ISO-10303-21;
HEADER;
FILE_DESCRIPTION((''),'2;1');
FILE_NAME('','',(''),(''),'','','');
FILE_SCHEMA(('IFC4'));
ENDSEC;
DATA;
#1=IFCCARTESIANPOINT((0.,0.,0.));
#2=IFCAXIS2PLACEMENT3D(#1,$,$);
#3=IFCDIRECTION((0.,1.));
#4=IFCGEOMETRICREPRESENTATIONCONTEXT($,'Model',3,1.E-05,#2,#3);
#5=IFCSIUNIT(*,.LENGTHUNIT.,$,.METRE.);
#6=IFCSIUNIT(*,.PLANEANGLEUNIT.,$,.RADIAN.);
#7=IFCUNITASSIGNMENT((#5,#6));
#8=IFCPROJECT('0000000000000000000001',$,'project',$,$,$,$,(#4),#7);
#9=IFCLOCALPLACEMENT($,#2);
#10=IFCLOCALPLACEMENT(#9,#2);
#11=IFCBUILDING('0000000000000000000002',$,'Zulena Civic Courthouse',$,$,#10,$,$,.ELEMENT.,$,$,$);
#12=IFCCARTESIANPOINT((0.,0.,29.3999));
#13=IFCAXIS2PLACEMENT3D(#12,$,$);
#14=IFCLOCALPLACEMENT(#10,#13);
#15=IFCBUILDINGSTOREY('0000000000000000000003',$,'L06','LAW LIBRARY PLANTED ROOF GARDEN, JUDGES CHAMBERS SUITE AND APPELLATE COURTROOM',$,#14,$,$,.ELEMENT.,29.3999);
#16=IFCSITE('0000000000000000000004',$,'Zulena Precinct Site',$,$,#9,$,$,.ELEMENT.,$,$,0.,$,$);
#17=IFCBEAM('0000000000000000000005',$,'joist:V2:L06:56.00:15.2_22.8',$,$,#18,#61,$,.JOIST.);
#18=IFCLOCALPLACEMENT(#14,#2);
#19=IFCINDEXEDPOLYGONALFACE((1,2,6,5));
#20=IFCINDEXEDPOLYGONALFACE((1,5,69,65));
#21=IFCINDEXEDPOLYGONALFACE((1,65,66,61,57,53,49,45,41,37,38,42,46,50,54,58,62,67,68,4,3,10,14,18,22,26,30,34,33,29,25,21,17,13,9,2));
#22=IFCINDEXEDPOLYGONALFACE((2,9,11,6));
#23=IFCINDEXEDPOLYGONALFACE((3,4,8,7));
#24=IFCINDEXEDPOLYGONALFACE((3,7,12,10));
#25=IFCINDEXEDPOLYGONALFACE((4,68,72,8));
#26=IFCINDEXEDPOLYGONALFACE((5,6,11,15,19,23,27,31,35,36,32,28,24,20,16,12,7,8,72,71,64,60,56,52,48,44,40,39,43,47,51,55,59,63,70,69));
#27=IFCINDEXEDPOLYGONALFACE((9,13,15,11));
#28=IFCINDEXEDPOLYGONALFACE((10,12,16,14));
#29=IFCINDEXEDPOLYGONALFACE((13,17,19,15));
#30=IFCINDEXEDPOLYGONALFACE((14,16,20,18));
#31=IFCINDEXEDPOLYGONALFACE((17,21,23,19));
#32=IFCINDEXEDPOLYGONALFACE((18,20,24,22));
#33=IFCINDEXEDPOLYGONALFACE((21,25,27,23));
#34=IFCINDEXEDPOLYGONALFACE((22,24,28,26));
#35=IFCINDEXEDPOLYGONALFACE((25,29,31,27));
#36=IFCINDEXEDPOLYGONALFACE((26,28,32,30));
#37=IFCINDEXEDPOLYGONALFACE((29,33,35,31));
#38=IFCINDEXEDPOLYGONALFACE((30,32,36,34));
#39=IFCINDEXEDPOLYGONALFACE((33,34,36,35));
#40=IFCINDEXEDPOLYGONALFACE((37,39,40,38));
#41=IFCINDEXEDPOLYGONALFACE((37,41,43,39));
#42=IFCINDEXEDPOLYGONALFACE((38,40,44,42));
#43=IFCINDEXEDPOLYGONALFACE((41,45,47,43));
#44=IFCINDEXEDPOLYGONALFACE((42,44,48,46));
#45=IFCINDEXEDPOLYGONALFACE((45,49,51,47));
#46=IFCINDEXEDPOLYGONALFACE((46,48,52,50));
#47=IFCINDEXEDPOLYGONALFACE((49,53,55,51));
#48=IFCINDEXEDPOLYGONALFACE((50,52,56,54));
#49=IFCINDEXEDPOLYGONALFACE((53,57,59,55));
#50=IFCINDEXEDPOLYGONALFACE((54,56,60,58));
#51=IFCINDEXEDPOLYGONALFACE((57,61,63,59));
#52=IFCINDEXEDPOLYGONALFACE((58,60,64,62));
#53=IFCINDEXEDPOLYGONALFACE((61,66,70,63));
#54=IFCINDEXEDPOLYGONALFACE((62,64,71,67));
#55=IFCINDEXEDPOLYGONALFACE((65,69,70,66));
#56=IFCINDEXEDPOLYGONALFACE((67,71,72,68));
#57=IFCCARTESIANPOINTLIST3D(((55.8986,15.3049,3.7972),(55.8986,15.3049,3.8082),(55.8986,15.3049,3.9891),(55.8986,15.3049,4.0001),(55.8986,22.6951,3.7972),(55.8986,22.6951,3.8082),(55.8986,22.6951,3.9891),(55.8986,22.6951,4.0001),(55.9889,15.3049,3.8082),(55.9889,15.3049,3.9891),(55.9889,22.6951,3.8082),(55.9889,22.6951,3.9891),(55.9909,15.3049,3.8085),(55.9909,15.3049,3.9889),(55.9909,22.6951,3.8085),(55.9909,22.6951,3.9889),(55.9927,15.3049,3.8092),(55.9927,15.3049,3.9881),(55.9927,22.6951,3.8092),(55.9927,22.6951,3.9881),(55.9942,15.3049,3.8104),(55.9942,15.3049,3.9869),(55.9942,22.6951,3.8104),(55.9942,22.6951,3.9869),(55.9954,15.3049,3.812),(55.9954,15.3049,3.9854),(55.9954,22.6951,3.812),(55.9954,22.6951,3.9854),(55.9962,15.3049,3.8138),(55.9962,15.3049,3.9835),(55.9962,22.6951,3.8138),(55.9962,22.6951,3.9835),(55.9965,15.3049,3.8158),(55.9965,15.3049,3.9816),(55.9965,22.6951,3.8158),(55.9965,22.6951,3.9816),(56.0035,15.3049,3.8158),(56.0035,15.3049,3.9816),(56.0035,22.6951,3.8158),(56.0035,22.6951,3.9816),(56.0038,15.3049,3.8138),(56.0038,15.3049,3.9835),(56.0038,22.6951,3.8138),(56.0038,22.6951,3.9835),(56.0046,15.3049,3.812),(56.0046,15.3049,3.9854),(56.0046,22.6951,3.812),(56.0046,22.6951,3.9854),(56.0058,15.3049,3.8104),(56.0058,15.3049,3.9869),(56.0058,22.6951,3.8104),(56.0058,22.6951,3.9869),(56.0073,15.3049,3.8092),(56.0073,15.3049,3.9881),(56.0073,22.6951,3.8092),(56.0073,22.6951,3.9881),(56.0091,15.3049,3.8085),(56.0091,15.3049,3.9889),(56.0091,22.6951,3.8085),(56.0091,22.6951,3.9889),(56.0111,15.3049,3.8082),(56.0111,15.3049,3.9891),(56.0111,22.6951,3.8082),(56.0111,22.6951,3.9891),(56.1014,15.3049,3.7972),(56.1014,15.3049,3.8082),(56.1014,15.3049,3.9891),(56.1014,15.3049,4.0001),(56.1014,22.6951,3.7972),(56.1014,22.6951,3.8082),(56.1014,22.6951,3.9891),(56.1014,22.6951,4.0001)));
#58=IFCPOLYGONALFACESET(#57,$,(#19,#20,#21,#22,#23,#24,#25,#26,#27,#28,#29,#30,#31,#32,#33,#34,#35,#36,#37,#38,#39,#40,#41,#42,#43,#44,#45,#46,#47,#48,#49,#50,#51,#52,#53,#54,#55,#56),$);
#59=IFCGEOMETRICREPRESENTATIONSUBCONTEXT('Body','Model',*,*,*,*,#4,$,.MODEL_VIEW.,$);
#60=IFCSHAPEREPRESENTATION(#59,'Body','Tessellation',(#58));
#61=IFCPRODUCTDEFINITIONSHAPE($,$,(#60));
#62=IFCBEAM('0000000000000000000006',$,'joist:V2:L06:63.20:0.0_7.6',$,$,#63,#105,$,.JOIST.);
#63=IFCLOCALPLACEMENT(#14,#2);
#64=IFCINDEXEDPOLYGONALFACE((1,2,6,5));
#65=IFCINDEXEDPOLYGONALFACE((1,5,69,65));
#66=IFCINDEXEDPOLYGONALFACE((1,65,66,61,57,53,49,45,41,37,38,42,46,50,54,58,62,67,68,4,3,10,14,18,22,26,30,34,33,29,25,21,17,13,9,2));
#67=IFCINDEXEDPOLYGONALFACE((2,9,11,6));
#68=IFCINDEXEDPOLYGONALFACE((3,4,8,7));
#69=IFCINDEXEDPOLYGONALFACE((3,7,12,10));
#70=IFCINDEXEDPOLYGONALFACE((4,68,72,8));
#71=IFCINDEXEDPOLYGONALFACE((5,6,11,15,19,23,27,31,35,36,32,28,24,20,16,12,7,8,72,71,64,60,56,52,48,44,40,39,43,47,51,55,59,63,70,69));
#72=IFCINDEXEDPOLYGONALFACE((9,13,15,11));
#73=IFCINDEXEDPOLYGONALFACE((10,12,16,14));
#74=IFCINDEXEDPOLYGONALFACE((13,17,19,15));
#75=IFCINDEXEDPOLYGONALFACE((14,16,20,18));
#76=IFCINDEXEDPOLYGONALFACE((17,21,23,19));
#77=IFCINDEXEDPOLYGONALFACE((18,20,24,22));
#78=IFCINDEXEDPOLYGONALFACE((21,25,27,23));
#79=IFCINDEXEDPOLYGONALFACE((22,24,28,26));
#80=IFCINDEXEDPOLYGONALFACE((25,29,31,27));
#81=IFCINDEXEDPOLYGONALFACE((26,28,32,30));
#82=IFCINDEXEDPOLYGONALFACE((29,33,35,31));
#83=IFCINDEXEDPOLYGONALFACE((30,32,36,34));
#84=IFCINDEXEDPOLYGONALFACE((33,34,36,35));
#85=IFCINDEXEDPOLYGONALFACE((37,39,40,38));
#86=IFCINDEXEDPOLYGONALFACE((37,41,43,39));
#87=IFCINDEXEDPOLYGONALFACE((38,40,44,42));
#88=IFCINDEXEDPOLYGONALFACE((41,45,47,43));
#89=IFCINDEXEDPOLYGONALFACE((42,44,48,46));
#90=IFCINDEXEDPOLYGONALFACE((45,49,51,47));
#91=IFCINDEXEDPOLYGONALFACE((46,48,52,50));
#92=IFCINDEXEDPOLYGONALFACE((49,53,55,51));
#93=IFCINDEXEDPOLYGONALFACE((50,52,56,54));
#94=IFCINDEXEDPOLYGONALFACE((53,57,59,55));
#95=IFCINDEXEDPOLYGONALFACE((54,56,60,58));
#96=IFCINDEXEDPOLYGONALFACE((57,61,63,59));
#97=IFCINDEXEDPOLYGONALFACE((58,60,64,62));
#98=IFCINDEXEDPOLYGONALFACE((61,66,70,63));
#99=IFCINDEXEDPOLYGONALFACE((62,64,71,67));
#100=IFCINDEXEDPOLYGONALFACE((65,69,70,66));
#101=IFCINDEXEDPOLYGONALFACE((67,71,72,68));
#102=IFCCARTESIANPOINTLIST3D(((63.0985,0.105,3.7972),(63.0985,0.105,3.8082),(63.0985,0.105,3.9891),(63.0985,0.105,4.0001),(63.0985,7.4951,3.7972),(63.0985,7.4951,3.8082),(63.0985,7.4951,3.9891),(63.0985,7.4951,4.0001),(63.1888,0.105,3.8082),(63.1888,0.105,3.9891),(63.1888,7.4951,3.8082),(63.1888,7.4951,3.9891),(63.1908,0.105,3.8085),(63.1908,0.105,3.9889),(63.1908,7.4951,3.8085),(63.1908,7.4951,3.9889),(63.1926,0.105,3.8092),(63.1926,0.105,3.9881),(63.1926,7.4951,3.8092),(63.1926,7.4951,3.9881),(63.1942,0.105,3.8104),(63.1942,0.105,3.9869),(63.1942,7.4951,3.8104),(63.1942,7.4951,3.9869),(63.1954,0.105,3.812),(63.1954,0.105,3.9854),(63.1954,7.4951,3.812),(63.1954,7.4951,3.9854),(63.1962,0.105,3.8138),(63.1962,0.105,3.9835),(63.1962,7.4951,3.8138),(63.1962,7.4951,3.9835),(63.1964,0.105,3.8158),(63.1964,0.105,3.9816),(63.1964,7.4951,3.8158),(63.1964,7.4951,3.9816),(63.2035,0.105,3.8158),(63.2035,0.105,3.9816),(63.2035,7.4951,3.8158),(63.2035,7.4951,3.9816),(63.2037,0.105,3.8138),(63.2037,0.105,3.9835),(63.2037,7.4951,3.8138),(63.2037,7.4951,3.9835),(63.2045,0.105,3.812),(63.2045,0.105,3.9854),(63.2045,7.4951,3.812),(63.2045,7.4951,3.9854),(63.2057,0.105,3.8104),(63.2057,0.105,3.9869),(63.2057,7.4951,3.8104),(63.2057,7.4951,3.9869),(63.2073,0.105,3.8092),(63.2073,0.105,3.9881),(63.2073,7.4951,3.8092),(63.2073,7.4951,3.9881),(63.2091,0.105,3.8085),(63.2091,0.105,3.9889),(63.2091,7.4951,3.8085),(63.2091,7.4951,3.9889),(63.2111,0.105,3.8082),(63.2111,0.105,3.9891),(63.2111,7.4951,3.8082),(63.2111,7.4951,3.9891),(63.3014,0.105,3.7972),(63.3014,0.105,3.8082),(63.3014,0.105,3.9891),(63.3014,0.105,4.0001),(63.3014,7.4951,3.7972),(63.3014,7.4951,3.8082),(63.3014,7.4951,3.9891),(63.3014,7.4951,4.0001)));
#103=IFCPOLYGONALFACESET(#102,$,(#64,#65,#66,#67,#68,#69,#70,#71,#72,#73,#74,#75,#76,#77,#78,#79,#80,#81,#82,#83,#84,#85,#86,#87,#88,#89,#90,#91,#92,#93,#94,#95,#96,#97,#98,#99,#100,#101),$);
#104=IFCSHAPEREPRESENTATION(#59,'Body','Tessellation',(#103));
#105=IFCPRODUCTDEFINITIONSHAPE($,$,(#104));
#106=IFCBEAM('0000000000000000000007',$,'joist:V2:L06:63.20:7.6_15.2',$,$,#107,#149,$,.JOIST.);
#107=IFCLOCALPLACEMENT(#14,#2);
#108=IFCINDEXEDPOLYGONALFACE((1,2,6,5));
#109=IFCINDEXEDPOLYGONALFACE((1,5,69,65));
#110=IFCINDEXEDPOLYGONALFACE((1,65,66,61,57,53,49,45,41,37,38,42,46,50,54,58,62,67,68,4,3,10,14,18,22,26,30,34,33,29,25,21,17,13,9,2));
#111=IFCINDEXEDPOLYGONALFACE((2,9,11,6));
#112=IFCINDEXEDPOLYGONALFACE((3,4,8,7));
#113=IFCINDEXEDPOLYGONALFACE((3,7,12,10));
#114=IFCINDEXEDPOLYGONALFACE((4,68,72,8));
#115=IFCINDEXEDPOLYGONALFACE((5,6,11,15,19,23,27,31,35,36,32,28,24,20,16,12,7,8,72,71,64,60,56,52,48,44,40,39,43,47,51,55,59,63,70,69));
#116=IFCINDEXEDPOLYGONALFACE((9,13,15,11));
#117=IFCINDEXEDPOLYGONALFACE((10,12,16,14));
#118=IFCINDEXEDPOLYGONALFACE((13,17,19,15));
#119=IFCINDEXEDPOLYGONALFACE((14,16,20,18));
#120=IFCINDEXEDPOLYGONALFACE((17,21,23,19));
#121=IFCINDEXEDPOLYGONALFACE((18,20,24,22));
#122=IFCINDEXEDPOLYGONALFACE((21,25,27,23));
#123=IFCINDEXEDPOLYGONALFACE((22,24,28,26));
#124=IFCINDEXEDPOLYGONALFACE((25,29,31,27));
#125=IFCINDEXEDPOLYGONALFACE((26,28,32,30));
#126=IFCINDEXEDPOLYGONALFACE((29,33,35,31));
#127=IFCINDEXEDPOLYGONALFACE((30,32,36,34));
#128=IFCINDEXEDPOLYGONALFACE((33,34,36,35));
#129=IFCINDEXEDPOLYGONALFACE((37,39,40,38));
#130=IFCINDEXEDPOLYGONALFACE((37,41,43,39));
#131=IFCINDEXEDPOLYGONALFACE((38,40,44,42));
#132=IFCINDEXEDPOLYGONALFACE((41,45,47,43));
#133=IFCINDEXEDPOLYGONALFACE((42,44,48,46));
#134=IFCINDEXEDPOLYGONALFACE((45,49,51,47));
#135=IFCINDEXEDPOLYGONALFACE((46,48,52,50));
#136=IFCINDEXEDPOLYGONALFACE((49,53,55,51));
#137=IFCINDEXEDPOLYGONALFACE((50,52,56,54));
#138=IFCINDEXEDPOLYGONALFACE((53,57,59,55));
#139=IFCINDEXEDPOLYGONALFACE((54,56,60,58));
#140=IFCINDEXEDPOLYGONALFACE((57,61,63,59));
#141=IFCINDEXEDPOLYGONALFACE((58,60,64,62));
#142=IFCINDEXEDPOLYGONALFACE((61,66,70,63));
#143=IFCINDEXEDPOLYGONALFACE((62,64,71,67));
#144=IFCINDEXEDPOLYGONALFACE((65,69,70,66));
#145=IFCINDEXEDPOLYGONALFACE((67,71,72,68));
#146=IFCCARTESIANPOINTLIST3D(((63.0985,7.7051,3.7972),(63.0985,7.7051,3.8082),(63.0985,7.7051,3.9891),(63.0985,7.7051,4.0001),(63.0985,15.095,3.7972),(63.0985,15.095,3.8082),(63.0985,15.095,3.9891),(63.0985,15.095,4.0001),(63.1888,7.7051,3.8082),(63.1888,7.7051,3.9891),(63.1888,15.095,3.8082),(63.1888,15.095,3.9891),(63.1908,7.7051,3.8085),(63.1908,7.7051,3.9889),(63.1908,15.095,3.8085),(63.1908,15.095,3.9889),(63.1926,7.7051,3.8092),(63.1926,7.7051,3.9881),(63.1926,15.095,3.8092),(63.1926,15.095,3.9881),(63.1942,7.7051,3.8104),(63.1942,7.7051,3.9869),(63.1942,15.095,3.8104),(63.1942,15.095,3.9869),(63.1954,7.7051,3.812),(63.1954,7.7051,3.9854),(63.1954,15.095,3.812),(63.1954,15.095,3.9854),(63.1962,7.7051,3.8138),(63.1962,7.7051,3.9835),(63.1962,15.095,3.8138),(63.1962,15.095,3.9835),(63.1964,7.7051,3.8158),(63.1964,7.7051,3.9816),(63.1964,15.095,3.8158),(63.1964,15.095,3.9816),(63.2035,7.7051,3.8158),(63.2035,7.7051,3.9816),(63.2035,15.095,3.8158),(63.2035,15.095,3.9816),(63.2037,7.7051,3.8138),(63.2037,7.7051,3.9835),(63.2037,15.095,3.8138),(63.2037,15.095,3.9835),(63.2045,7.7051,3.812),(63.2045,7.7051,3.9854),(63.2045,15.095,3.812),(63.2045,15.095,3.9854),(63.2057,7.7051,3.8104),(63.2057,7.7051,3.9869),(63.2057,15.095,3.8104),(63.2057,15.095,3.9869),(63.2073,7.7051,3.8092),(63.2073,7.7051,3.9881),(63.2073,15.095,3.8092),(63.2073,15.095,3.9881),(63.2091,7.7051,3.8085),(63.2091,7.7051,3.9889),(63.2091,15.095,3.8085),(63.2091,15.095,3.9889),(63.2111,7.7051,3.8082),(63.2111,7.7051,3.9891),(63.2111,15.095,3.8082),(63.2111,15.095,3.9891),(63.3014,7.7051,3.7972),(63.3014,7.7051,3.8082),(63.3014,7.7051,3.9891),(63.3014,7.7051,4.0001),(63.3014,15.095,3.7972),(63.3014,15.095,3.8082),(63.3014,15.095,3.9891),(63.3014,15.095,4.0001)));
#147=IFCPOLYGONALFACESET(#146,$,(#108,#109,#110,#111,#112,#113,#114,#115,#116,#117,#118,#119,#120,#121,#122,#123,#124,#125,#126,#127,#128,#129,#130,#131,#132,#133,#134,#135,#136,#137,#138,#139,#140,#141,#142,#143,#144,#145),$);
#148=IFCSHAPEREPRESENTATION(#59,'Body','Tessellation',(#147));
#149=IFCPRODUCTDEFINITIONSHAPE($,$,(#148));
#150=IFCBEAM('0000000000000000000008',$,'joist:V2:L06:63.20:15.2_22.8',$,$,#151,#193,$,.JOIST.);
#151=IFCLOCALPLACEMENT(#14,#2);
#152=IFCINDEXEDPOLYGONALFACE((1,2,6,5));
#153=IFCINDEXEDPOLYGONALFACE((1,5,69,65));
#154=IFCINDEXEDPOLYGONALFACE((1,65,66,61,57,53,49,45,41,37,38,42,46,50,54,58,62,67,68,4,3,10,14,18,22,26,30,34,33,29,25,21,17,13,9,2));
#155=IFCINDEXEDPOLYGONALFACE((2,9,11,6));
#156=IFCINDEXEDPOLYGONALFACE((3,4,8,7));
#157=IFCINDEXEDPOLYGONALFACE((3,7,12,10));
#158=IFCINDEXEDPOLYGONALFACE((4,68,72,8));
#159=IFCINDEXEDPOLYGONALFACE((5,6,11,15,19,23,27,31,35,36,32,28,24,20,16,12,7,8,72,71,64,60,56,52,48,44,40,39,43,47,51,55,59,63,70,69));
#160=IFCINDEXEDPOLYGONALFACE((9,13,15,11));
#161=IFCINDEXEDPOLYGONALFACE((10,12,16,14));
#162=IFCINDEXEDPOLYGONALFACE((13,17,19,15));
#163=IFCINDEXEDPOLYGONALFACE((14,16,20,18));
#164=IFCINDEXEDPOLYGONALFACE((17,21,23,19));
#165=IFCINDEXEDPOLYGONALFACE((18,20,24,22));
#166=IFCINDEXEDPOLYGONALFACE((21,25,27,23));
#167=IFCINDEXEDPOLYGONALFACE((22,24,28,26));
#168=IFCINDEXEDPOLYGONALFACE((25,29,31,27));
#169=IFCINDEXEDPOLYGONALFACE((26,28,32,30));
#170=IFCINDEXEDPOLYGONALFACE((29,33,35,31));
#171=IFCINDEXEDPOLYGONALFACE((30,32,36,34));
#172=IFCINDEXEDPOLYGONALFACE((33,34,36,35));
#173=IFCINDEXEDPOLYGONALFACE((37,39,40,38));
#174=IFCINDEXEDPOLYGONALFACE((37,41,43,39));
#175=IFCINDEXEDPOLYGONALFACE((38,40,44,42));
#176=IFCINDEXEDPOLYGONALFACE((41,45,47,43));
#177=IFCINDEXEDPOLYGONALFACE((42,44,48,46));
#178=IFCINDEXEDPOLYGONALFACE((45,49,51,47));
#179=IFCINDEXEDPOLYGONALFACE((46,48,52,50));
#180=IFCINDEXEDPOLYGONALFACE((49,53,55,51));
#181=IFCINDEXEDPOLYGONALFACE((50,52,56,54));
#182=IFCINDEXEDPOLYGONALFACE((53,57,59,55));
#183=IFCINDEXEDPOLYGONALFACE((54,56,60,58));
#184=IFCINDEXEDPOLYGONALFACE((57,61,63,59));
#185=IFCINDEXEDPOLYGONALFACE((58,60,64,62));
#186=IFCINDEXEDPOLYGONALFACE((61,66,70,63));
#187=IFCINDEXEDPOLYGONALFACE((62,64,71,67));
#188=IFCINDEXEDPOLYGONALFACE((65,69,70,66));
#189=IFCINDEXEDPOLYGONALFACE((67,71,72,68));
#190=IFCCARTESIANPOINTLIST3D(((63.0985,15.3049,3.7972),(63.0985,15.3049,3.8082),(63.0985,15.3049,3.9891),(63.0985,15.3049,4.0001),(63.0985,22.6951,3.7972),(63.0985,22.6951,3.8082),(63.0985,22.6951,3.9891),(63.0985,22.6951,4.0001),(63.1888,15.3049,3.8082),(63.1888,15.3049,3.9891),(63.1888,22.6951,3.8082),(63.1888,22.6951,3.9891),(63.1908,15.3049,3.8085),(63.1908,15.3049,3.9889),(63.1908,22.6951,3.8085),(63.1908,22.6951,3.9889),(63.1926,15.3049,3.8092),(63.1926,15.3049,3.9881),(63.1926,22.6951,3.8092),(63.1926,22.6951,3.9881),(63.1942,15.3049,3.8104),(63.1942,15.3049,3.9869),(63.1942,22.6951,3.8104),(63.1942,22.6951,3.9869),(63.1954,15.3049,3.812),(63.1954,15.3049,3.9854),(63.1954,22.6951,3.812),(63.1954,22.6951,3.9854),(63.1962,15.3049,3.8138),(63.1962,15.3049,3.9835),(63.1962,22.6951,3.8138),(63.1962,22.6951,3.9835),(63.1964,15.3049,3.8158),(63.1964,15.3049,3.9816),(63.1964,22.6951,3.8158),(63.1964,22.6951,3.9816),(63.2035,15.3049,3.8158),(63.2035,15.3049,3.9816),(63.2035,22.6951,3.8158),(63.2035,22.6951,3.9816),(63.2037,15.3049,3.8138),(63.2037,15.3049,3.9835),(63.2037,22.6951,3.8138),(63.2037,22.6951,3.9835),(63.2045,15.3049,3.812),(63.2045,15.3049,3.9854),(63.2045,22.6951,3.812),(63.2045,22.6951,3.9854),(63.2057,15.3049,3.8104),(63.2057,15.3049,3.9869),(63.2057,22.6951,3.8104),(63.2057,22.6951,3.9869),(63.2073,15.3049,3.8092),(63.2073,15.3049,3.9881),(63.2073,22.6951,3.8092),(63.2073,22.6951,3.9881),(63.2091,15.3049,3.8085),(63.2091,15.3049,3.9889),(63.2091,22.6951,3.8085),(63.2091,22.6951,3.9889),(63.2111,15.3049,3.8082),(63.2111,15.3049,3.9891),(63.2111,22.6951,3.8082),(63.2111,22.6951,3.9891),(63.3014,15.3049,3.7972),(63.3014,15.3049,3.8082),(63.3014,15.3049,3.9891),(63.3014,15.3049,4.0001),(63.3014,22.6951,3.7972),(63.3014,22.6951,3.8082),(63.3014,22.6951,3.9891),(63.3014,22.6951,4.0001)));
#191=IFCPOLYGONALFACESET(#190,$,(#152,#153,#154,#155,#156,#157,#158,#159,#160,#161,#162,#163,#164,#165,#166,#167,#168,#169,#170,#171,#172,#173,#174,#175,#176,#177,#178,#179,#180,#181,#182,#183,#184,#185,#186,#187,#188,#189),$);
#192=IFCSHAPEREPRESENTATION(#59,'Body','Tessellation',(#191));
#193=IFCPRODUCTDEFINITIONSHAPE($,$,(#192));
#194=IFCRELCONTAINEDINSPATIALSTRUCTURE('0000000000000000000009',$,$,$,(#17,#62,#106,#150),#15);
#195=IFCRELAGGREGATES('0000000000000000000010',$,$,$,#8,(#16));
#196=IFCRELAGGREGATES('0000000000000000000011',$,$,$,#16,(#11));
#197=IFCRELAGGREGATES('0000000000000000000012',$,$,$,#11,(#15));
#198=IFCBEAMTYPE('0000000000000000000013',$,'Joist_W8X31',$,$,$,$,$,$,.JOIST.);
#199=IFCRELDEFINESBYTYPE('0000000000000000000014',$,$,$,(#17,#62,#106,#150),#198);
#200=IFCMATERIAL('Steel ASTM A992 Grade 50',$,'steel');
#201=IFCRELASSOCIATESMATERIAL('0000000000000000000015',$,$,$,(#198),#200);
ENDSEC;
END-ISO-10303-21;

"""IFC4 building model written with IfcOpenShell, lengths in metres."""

from ifc_helpers import new_model, si_unit, direction, frame, origin, origin_2d, place, context, subcontext, project, spatial, i_section, extrude, material, material_profile, profile_set, type_object, element, save


model = new_model("IFC4")

# Units and contexts
model_context = context("Model", 3, precision=1e-05, world=origin(), true_north=direction((0.0, 1.0)))
body_context = subcontext(model_context, "Body", "Model", "MODEL_VIEW")
ifc_project = project(units=[si_unit("LENGTHUNIT", "METRE"), si_unit("PLANEANGLEUNIT", "RADIAN")], contexts=[model_context])

# Site, building, storey
site_placement = place(None, origin())
site = spatial("IfcSite", under=ifc_project, at=site_placement, Name="Zulena Precinct Site", CompositionType="ELEMENT", RefElevation=0.0)
building_placement = place(site_placement, origin())
building = spatial("IfcBuilding", under=site, at=building_placement, Name="Zulena Civic Courthouse", CompositionType="ELEMENT")
storey_placement = place(building_placement, frame((0.0, 0.0, 29.3999)))
storey = spatial("IfcBuildingStorey", under=building, at=storey_placement, Name="L06", Description="LAW LIBRARY PLANTED ROOF GARDEN, JUDGES CHAMBERS SUITE AND APPELLATE COURTROOM", CompositionType="ELEMENT", Elevation=29.3999)

# Shared definitions
ifc_material_1 = material(Name="Steel ASTM A992 Grade 50", Category="steel")

# Beams
ifc_material_profile_1 = material_profile(ifc_material_1, i_section(OverallWidth=0.2029, OverallDepth=0.2029, WebThickness=0.0071, FlangeThickness=0.011, FilletRadius=0.0076, at=origin_2d()), Name="W8X31")
ifc_profile_set_1 = profile_set([ifc_material_profile_1], Name="Steel ASTM A992 Grade 50")
beam_type_1 = type_object("IfcBeamType", Name="Joist_W8X31", PredefinedType="JOIST", material=ifc_profile_set_1)
for number, where, z_axis, x_axis, name in (
    (1, (56.0, 15.3049, 3.8987), (0.0, 1.0, 0.0), (-1.0, 0.0, 0.0), "joist:V2:L06:56.00:15.2_22.8"),
    (2, (63.2, 0.105, 3.8987), (0.0, 1.0, 0.0), (-1.0, 0.0, 0.0), "joist:V2:L06:63.20:0.0_7.6"),
):
    element("IfcBeam", number, at=place(storey_placement, frame(where, z_axis=z_axis, x_axis=x_axis)), inside=storey, type_object=beam_type_1, Name=name, PredefinedType="JOIST", context=body_context, shape_type="SweptSolid", body=[
        extrude(i_section(OverallWidth=0.2029, OverallDepth=0.2029, WebThickness=0.0071, FlangeThickness=0.011, FilletRadius=0.0076, at=origin_2d()), origin(), (0.0, 0.0, 1.0), 7.3901),
    ])
beam_1_placement = place(storey_placement, frame((63.2, 7.7051, 3.8987), z_axis=(0.0, 1.0, 0.0), x_axis=(-1.0, 0.0, 0.0)))
element("IfcBeam", 3, at=beam_1_placement, inside=storey, type_object=beam_type_1, Name="joist:V2:L06:63.20:7.6_15.2", PredefinedType="JOIST", context=body_context, shape_type="SweptSolid", body=[
    extrude(i_section(OverallWidth=0.2029, OverallDepth=0.2029, WebThickness=0.0071, FlangeThickness=0.011, FilletRadius=0.0076, at=origin_2d()), origin(), (0.0, 0.0, 1.0), 7.3899),
])
beam_2_placement = place(storey_placement, frame((63.2, 15.3049, 3.8987), z_axis=(0.0, 1.0, 0.0), x_axis=(-1.0, 0.0, 0.0)))
element("IfcBeam", 4, at=beam_2_placement, inside=storey, type_object=beam_type_1, Name="joist:V2:L06:63.20:15.2_22.8", PredefinedType="JOIST", context=body_context, shape_type="SweptSolid", body=[
    extrude(i_section(OverallWidth=0.2029, OverallDepth=0.2029, WebThickness=0.0071, FlangeThickness=0.011, FilletRadius=0.0076, at=origin_2d()), origin(), (0.0, 0.0, 1.0), 7.3901),
])

save(model, "model.ifc")
